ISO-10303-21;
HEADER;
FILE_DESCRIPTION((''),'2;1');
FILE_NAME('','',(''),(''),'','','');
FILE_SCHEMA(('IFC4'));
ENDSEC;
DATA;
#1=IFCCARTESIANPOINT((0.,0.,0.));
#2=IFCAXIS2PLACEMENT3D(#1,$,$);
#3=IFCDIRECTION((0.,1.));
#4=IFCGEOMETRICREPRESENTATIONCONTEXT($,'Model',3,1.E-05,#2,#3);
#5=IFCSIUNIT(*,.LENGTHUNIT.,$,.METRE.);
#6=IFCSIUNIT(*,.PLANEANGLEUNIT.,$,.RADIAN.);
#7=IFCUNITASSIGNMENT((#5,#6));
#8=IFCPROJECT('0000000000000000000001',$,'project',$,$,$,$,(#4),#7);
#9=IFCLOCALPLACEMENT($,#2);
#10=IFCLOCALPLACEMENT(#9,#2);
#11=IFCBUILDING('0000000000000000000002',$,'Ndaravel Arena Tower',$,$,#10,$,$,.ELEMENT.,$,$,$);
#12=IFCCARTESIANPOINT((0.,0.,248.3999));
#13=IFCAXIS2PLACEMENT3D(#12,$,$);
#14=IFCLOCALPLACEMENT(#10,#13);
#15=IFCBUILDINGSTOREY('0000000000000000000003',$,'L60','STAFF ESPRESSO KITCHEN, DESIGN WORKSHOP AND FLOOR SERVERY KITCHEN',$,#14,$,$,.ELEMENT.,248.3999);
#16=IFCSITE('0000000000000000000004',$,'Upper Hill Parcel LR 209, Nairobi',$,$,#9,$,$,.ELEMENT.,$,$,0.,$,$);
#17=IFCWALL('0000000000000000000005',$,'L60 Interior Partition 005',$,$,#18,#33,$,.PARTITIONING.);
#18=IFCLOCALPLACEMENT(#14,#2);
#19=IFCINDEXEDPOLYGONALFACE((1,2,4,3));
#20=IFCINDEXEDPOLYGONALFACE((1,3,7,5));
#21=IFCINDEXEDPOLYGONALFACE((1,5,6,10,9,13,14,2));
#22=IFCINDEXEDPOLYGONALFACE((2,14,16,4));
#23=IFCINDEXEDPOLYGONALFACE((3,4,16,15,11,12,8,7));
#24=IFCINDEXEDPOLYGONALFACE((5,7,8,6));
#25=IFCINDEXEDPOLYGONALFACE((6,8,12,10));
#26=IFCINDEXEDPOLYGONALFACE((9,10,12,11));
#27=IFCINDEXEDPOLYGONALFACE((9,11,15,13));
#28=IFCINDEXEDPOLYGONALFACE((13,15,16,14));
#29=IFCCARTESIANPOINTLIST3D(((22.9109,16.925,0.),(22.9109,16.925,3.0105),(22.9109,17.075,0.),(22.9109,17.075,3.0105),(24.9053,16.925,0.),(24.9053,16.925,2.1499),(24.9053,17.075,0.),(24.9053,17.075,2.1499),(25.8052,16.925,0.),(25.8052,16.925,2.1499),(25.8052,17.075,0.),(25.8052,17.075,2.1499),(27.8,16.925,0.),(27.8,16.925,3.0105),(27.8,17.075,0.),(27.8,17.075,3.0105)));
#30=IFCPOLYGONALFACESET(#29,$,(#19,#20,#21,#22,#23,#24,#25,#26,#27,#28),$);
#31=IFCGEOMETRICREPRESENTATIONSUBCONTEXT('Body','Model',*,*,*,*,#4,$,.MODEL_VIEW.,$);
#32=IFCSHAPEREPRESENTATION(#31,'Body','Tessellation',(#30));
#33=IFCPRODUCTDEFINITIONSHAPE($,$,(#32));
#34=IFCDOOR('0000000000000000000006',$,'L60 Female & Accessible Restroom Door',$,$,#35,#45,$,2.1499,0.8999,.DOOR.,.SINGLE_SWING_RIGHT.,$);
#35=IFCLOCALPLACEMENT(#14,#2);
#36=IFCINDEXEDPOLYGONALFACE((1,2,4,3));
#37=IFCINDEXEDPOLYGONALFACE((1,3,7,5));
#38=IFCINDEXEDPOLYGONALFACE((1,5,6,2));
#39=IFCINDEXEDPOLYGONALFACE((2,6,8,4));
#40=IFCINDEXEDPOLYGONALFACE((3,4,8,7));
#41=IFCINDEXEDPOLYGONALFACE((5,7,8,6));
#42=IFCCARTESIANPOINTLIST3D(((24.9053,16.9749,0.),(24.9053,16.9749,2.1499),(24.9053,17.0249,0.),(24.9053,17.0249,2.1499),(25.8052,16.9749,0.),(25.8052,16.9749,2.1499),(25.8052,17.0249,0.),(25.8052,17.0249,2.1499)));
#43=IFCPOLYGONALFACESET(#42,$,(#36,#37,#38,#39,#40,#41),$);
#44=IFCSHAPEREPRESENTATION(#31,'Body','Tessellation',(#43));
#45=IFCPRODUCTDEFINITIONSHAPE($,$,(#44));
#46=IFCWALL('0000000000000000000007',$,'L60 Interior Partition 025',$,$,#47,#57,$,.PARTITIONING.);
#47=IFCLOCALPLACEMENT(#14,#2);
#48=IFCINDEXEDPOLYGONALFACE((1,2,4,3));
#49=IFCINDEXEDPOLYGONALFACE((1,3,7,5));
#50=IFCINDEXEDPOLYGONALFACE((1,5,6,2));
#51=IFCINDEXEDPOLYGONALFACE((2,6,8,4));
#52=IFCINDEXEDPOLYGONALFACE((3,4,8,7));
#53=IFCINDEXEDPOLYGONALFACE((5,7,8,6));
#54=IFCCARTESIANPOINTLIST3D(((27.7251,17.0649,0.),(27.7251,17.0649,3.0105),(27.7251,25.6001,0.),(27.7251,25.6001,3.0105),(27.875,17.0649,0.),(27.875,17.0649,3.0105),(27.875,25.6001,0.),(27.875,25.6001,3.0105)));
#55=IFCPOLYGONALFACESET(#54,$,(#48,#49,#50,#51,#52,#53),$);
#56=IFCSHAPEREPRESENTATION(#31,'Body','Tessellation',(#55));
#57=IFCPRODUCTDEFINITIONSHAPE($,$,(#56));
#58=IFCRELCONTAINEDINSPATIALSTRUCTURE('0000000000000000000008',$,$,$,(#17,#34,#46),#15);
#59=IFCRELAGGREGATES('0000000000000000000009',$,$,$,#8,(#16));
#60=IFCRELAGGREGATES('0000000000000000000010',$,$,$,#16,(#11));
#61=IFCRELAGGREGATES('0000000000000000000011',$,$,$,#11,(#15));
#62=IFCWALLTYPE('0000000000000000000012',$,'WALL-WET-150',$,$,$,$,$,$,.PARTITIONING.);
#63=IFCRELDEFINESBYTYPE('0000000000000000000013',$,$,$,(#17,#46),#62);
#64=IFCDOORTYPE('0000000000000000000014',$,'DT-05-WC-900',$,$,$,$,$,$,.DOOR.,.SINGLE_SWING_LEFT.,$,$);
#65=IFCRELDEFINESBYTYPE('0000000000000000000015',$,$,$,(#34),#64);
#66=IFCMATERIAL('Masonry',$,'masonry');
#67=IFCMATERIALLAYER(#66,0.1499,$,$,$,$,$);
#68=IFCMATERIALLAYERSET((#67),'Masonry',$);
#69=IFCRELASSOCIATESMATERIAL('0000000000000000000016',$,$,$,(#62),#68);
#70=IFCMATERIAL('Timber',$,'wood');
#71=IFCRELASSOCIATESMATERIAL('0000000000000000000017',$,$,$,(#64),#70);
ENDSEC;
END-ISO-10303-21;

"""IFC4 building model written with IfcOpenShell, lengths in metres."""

from ifc_helpers import new_model, si_unit, direction, frame, frame_2d, origin, place, context, subcontext, project, spatial, rectangle, extrude, material, layer, layer_set, type_object, element, fill, save


model = new_model("IFC4")

# Units and contexts
model_context = context("Model", 3, precision=1e-05, world=origin(), true_north=direction((0.0, 1.0)))
body_context = subcontext(model_context, "Body", "Model", "MODEL_VIEW")
ifc_project = project(units=[si_unit("LENGTHUNIT", "METRE"), si_unit("PLANEANGLEUNIT", "RADIAN")], contexts=[model_context])

# Site, building, storey
site_placement = place(None, origin())
site = spatial("IfcSite", under=ifc_project, at=site_placement, Name="Upper Hill Parcel LR 209, Nairobi", CompositionType="ELEMENT", RefElevation=0.0)
building_placement = place(site_placement, origin())
building = spatial("IfcBuilding", under=site, at=building_placement, Name="Ndaravel Arena Tower", CompositionType="ELEMENT")
storey_placement = place(building_placement, frame((0.0, 0.0, 248.3999)))
storey = spatial("IfcBuildingStorey", under=building, at=storey_placement, Name="L60", Description="STAFF ESPRESSO KITCHEN, DESIGN WORKSHOP AND FLOOR SERVERY KITCHEN", CompositionType="ELEMENT", Elevation=248.3999)

# Wall, opening, door
ifc_material_1 = material(Name="Masonry", Category="masonry")
ifc_layer_1 = layer(ifc_material_1, 0.1499)
ifc_layer_set_1 = layer_set([ifc_layer_1], Name="Masonry")
wall_type_1 = type_object("IfcWallType", Name="WALL-WET-150", PredefinedType="PARTITIONING", material=ifc_layer_set_1)
wall_1_placement = place(storey_placement, frame((22.9109, 17.0, 0.0), z_axis=(0.0, 0.0, 1.0), x_axis=(1.0, 0.0, 0.0)))
wall_1 = element("IfcWall", 1, at=wall_1_placement, inside=storey, type_object=wall_type_1, Name="L60 Interior Partition 005", PredefinedType="PARTITIONING", context=body_context, shape_type="SweptSolid", body=[
    extrude(rectangle(XDim=4.8892, YDim=0.1499, at=frame_2d((2.4446, 0.0))), origin(), (0.0, 0.0, 1.0), 3.0105),
])
opening_1_placement = place(wall_1_placement, frame((1.9944, 0.0, 0.0)))
opening_1 = element("IfcOpeningElement", 2, at=opening_1_placement, cuts=wall_1, PredefinedType="OPENING", context=body_context, shape_type="SweptSolid", body=[
    extrude(rectangle(XDim=0.8999, YDim=2.1499, at=frame_2d((0.45, 1.075))), frame((0.0, 0.075, 0.0), z_axis=(0.0, -1.0, 0.0), x_axis=(1.0, 0.0, 0.0)), (0.0, 0.0, 1.0), 0.1499),
])
ifc_material_2 = material(Name="Timber", Category="wood")
door_type_1 = type_object("IfcDoorType", Name="DT-05-WC-900", OperationType="SINGLE_SWING_LEFT", PredefinedType="DOOR", material=ifc_material_2)
door_1_placement = place(opening_1_placement, origin())
door_1 = element("IfcDoor", 3, at=door_1_placement, inside=storey, type_object=door_type_1, Name="L60 Female & Accessible Restroom Door", OperationType="SINGLE_SWING_RIGHT", OverallHeight=2.1499, OverallWidth=0.8999, PredefinedType="DOOR", context=body_context, shape_type="SweptSolid", body=[
    extrude(rectangle(XDim=0.8999, YDim=2.1499, at=frame_2d((0.45, 1.075))), frame((0.0, 0.0249, 0.0), z_axis=(0.0, -1.0, 0.0), x_axis=(1.0, 0.0, 0.0)), (0.0, 0.0, 1.0), 0.05),
])
fill(opening_1, door_1)

# Wall
wall_2_placement = place(storey_placement, frame((27.8, 25.6001, 0.0), z_axis=(0.0, 0.0, 1.0), x_axis=(0.0, -1.0, 0.0)))
element("IfcWall", 4, at=wall_2_placement, inside=storey, type_object=wall_type_1, Name="L60 Interior Partition 025", PredefinedType="PARTITIONING", context=body_context, shape_type="SweptSolid", body=[
    extrude(rectangle(XDim=8.5352, YDim=0.1499, at=frame_2d((4.2676, 0.0))), origin(), (0.0, 0.0, 1.0), 3.0105),
])

save(model, "model.ifc")
